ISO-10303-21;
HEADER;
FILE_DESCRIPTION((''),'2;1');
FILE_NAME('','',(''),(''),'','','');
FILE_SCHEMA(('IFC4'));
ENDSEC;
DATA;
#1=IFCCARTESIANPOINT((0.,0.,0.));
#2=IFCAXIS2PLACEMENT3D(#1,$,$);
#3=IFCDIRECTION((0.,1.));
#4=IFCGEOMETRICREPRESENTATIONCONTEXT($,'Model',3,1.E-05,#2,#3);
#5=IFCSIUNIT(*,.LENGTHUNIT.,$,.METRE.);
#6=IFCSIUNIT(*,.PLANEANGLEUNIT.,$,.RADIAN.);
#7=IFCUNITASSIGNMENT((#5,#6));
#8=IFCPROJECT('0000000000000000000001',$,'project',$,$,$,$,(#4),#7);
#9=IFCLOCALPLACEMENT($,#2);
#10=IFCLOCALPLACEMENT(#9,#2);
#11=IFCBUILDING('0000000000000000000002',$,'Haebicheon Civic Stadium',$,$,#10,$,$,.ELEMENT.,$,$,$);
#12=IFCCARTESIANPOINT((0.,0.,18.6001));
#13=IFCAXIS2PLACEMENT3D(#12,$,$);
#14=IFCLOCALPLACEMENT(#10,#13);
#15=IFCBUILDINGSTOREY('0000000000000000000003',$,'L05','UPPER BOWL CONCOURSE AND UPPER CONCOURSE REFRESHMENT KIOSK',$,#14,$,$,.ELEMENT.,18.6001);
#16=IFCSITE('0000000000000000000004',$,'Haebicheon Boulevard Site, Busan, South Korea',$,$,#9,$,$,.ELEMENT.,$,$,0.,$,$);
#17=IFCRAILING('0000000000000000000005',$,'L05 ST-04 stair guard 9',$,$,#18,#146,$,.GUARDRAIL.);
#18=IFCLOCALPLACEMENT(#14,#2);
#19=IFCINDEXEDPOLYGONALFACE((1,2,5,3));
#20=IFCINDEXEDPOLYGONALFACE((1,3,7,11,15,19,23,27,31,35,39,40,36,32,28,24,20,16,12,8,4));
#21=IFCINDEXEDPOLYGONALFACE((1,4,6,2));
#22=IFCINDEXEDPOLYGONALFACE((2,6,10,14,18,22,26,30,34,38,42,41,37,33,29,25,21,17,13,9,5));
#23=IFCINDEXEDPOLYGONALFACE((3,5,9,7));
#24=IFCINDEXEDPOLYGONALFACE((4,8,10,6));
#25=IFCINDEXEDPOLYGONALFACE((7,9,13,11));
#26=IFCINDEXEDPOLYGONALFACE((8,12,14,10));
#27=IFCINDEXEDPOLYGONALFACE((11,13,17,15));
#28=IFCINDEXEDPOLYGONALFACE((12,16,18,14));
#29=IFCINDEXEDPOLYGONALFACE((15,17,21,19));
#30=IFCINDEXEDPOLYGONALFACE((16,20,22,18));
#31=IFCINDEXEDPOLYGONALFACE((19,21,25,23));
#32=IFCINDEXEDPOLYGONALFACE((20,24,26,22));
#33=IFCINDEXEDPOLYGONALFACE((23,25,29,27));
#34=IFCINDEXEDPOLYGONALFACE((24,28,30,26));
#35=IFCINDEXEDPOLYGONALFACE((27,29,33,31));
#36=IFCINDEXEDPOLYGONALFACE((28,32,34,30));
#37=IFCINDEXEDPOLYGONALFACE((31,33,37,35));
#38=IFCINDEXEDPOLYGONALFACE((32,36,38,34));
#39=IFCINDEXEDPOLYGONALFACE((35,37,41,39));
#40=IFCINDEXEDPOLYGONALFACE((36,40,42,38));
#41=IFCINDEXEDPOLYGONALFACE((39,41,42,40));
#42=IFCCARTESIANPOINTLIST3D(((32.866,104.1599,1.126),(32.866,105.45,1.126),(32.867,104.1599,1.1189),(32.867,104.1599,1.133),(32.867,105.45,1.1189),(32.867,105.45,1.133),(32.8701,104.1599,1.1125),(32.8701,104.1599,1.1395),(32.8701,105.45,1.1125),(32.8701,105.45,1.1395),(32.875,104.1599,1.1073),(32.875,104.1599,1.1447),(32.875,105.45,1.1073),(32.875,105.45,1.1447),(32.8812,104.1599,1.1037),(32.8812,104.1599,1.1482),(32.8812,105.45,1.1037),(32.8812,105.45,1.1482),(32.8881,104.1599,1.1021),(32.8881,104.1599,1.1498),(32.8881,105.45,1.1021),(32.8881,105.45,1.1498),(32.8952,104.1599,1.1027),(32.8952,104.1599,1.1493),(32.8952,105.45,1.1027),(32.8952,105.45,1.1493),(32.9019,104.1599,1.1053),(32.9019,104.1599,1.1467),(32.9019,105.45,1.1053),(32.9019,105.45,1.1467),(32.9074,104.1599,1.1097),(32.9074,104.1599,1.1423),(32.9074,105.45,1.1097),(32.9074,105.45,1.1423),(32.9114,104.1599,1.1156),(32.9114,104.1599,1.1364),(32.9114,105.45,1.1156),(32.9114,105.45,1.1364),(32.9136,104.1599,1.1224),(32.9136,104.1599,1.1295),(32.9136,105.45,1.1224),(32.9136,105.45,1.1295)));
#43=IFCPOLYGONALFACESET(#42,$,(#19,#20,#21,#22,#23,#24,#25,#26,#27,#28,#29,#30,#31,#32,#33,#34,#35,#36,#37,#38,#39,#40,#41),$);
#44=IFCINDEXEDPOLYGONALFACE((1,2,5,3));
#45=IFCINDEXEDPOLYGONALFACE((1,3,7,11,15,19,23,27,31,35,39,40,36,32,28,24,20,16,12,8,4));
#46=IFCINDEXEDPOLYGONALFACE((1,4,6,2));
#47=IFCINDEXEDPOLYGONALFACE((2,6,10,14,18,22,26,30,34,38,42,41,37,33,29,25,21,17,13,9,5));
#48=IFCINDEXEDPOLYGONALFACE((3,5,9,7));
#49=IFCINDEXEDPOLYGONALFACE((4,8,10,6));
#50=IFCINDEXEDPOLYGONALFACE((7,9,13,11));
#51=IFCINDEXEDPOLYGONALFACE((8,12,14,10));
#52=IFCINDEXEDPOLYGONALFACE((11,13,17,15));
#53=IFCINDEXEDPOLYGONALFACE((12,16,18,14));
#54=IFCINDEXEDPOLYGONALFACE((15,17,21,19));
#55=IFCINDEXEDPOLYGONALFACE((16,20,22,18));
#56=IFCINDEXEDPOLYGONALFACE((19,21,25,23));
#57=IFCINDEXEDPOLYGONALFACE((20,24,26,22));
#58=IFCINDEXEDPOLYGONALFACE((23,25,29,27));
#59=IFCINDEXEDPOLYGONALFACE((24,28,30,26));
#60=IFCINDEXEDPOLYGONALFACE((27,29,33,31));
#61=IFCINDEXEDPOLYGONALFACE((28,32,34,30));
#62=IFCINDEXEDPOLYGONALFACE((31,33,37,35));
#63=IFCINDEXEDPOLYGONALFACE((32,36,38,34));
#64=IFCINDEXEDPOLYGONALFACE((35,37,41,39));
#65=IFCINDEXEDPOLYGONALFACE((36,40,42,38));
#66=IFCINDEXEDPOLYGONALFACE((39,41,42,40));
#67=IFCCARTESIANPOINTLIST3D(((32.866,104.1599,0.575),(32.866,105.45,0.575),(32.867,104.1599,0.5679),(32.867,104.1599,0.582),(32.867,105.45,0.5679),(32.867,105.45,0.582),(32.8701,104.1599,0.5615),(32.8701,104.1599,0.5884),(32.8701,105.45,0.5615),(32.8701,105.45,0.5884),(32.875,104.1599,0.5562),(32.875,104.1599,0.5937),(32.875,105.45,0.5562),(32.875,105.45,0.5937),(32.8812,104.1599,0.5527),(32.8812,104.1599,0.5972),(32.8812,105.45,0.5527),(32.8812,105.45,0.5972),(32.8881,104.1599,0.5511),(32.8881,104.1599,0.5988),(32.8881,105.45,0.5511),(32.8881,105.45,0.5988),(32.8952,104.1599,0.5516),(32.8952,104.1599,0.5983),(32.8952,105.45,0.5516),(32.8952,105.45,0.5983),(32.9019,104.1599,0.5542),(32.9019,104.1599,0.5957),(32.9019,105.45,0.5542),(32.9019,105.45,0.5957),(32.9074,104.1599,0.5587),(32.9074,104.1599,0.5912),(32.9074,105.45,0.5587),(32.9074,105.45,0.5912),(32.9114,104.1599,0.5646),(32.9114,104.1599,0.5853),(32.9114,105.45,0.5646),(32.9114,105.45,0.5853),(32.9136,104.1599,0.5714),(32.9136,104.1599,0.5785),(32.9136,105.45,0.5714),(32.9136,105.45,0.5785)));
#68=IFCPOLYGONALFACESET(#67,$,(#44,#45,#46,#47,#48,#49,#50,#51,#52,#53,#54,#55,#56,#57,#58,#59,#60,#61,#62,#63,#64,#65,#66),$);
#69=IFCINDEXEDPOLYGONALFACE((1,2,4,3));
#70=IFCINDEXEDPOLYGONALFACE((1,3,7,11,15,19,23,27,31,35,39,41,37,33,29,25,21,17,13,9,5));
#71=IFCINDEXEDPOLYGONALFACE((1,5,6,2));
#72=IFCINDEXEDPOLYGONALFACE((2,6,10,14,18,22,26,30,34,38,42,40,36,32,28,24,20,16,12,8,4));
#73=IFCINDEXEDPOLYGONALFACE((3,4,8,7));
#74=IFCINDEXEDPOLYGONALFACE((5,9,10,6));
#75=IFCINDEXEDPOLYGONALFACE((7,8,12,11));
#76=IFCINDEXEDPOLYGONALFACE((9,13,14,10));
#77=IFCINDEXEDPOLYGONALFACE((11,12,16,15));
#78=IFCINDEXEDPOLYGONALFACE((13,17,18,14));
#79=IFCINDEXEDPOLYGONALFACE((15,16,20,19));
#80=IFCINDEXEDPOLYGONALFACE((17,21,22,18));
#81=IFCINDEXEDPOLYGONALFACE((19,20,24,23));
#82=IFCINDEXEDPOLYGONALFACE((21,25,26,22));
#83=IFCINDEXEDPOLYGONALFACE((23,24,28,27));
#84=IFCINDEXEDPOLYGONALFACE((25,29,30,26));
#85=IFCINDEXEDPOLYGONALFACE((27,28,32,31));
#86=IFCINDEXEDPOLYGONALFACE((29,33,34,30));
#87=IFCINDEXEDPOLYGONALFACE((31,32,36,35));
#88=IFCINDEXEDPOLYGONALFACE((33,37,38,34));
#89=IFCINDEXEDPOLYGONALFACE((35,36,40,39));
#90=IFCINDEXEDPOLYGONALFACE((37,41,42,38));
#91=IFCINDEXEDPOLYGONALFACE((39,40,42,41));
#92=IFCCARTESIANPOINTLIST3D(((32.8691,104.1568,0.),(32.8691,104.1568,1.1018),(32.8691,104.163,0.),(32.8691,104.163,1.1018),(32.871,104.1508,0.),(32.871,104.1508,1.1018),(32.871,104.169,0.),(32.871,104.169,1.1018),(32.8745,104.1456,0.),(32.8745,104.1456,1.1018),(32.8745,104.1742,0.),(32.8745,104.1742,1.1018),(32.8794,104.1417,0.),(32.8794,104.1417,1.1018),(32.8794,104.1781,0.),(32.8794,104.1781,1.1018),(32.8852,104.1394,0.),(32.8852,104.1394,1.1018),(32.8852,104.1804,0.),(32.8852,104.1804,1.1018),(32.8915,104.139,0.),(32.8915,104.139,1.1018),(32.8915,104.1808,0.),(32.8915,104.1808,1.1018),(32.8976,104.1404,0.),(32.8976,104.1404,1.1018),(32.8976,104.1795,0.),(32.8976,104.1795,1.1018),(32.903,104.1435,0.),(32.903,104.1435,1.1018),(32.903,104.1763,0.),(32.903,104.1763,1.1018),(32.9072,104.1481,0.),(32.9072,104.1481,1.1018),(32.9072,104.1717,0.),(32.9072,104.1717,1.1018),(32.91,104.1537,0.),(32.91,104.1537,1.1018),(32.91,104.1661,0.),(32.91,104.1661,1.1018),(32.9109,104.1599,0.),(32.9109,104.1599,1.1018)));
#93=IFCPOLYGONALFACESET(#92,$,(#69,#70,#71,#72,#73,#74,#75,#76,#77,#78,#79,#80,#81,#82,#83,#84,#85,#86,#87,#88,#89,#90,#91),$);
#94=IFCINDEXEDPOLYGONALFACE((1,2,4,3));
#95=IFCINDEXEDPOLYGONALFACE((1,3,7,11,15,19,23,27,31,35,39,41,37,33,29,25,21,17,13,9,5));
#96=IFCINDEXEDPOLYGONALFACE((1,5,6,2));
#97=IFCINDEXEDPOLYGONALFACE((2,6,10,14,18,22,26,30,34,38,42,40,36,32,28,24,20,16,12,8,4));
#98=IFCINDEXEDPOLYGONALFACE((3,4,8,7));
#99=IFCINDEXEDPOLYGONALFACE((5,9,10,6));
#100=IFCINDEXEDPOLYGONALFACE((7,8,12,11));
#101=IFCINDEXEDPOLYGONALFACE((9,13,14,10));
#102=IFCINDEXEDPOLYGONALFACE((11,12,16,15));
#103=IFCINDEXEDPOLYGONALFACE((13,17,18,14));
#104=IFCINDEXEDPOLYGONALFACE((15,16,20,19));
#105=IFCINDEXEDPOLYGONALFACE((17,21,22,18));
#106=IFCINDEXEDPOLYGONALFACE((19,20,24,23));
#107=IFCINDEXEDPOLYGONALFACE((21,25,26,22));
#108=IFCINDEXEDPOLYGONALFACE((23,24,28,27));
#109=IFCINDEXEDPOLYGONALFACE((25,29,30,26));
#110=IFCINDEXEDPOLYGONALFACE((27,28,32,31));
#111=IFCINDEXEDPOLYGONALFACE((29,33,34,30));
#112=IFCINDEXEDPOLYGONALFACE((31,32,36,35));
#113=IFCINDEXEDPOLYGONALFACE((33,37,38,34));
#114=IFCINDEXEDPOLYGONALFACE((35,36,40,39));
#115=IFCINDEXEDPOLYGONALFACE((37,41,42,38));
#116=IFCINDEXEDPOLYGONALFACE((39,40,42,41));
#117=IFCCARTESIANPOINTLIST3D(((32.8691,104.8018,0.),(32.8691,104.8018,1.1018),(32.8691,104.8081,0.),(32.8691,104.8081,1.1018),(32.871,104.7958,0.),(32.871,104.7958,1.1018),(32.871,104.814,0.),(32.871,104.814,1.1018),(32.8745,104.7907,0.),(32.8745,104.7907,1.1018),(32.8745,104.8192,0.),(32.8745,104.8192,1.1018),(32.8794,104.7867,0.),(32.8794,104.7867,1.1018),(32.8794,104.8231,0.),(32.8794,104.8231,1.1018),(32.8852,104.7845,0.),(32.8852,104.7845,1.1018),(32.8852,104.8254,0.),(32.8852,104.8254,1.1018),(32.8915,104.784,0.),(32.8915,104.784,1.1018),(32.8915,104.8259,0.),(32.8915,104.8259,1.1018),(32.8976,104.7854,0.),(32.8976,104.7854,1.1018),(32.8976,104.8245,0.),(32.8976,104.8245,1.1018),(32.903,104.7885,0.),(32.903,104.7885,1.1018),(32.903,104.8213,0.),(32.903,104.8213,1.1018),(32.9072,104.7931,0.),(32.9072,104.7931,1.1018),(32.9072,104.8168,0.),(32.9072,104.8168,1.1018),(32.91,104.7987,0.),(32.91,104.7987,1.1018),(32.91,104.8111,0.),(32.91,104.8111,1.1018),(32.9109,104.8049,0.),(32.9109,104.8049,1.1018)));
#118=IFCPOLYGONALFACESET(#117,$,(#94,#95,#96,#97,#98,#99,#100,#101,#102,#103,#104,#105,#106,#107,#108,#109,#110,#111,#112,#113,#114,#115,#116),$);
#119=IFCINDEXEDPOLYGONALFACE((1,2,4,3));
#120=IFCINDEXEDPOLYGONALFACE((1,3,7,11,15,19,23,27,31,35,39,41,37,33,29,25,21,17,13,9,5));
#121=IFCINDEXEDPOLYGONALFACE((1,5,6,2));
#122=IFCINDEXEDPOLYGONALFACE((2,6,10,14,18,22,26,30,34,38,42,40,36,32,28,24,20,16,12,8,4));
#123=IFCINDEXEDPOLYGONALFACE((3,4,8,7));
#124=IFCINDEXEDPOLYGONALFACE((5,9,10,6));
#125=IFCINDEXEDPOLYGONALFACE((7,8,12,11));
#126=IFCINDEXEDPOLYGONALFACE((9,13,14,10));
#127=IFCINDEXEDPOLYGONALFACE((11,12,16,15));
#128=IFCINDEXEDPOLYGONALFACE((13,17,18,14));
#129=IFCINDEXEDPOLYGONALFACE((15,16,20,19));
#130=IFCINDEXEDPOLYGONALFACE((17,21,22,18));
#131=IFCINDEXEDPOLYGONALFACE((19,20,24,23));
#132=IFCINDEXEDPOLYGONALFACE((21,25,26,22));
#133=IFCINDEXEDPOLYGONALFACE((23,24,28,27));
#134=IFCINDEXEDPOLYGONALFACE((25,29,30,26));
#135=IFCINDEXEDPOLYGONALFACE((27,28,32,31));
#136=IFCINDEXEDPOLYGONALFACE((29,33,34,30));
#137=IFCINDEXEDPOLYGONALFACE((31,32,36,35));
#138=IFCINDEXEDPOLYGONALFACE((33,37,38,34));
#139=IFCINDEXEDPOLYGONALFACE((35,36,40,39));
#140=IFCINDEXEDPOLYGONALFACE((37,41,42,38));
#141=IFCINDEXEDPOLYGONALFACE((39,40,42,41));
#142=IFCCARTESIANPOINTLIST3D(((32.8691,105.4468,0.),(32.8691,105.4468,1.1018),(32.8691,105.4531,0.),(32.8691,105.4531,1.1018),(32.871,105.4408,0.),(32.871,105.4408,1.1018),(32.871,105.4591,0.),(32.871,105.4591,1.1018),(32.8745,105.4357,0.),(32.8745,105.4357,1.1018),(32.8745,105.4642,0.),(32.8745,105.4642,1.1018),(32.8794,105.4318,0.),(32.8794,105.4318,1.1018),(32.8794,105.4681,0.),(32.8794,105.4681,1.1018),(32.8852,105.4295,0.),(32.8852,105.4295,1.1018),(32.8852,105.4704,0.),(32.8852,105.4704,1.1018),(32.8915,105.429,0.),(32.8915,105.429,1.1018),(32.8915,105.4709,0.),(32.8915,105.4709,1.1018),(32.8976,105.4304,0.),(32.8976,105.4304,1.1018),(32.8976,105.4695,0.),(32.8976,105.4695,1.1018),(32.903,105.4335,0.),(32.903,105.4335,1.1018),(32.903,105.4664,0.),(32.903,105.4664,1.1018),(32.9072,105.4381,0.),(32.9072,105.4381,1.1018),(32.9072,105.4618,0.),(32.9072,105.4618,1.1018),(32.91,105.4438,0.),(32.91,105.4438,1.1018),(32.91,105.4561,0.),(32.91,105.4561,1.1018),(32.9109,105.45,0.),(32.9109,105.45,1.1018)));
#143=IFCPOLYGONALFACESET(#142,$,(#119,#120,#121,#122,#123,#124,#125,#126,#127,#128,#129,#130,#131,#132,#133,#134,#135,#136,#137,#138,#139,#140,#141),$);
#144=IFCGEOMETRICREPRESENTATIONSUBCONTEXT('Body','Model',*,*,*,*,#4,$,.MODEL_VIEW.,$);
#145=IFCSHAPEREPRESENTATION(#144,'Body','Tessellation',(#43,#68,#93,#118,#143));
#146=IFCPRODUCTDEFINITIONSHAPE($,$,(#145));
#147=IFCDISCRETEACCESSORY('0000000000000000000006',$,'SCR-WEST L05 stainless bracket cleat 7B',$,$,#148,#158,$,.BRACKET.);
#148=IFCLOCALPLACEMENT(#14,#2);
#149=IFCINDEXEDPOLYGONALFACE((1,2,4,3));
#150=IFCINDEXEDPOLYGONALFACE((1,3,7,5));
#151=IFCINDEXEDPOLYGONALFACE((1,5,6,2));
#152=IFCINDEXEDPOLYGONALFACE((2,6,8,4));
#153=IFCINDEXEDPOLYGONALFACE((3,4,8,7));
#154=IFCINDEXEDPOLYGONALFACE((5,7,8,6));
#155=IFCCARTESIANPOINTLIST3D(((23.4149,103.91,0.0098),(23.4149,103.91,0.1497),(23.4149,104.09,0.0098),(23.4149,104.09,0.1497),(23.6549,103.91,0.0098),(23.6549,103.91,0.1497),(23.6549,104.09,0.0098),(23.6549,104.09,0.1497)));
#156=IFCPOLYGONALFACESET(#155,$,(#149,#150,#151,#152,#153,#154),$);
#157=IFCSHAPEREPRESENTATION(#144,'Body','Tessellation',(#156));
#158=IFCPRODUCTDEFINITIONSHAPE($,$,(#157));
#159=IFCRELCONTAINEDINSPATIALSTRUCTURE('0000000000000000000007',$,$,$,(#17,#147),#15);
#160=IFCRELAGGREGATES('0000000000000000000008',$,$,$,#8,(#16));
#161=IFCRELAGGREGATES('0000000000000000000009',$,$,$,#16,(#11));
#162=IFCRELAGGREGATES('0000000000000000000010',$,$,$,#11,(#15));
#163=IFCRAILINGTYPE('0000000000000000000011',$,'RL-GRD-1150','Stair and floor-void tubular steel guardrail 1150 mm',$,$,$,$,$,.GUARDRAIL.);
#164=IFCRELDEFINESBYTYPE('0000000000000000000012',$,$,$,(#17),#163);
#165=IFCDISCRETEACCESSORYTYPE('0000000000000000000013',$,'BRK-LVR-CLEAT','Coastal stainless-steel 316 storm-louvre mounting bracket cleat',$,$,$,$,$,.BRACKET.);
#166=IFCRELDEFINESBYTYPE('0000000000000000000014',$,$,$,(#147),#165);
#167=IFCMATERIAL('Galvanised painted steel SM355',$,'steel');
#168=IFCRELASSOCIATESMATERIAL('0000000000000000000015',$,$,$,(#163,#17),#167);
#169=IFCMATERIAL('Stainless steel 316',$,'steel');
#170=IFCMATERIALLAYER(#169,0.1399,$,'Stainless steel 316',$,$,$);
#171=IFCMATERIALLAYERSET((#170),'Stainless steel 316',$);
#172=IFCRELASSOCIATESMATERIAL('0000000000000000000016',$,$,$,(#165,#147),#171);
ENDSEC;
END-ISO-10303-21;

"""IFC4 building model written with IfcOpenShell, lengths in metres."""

from ifc_helpers import new_model, si_unit, direction, frame, origin, origin_2d, place, context, subcontext, project, spatial, rectangle, circle, extrude, material, layer, layer_set, type_object, element, save


model = new_model("IFC4")

# Units and contexts
model_context = context("Model", 3, precision=1e-05, world=origin(), true_north=direction((0.0, 1.0)))
body_context = subcontext(model_context, "Body", "Model", "MODEL_VIEW")
ifc_project = project(units=[si_unit("LENGTHUNIT", "METRE"), si_unit("PLANEANGLEUNIT", "RADIAN")], contexts=[model_context])

# Site, building, storey
site_placement = place(None, origin())
site = spatial("IfcSite", under=ifc_project, at=site_placement, Name="Haebicheon Boulevard Site, Busan, South Korea", CompositionType="ELEMENT", RefElevation=0.0)
building_placement = place(site_placement, origin())
building = spatial("IfcBuilding", under=site, at=building_placement, Name="Haebicheon Civic Stadium", CompositionType="ELEMENT")
storey_placement = place(building_placement, frame((0.0, 0.0, 18.6001)))
storey = spatial("IfcBuildingStorey", under=building, at=storey_placement, Name="L05", Description="UPPER BOWL CONCOURSE AND UPPER CONCOURSE REFRESHMENT KIOSK", CompositionType="ELEMENT", Elevation=18.6001)

# Railing
ifc_material_1 = material(Name="Galvanised painted steel SM355", Category="steel")
railing_type = type_object("IfcRailingType", Name="RL-GRD-1150", Description="Stair and floor-void tubular steel guardrail 1150 mm", PredefinedType="GUARDRAIL", material=ifc_material_1)
for number, where, name in (
    (1, (32.8899, 104.1599, 0.0), "L05 ST-04 stair guard 9"),
):
    element("IfcRailing", number, at=place(storey_placement, frame(where)), inside=storey, type_object=railing_type, material=ifc_material_1, Name=name, PredefinedType="GUARDRAIL", context=body_context, shape_type="SweptSolid", body=[
        extrude(circle(Radius=0.0239, at=origin_2d()), frame((0.0, 0.0, 1.126), z_axis=(0.0, 1.0, 0.0), x_axis=(-1.0, 0.0, 0.0)), (0.0, 0.0, 1.0), 1.29),
        extrude(circle(Radius=0.0239, at=origin_2d()), frame((0.0, 0.0, 0.575), z_axis=(0.0, 1.0, 0.0), x_axis=(-1.0, 0.0, 0.0)), (0.0, 0.0, 1.0), 1.29),
        extrude(circle(Radius=0.021, at=origin_2d()), origin(), (0.0, 0.0, 1.0), 1.1018),
        extrude(circle(Radius=0.021, at=origin_2d()), frame((0.0, 0.645, 0.0)), (0.0, 0.0, 1.0), 1.1018),
        extrude(circle(Radius=0.021, at=origin_2d()), frame((0.0, 1.29, 0.0)), (0.0, 0.0, 1.0), 1.1018),
    ])

# Discrete accessory
ifc_material_2 = material(Name="Stainless steel 316", Category="steel")
ifc_layer_1 = layer(ifc_material_2, 0.1399, Name="Stainless steel 316")
ifc_layer_set_1 = layer_set([ifc_layer_1], Name="Stainless steel 316")
discrete_accessory_type = type_object("IfcDiscreteAccessoryType", Name="BRK-LVR-CLEAT", Description="Coastal stainless-steel 316 storm-louvre mounting bracket cleat", PredefinedType="BRACKET", material=ifc_layer_set_1)
discrete_accessory_placement = place(storey_placement, frame((23.5349, 104.0, 0.0098), z_axis=(0.0, 0.0, 1.0), x_axis=(1.0, 0.0, 0.0)))
element("IfcDiscreteAccessory", 2, at=discrete_accessory_placement, inside=storey, type_object=discrete_accessory_type, material=ifc_layer_set_1, Name="SCR-WEST L05 stainless bracket cleat 7B", PredefinedType="BRACKET", context=body_context, shape_type="SweptSolid", body=[
    extrude(rectangle(XDim=0.24, YDim=0.1799, at=origin_2d()), origin(), (0.0, 0.0, 1.0), 0.1399),
])

save(model, "model.ifc")
